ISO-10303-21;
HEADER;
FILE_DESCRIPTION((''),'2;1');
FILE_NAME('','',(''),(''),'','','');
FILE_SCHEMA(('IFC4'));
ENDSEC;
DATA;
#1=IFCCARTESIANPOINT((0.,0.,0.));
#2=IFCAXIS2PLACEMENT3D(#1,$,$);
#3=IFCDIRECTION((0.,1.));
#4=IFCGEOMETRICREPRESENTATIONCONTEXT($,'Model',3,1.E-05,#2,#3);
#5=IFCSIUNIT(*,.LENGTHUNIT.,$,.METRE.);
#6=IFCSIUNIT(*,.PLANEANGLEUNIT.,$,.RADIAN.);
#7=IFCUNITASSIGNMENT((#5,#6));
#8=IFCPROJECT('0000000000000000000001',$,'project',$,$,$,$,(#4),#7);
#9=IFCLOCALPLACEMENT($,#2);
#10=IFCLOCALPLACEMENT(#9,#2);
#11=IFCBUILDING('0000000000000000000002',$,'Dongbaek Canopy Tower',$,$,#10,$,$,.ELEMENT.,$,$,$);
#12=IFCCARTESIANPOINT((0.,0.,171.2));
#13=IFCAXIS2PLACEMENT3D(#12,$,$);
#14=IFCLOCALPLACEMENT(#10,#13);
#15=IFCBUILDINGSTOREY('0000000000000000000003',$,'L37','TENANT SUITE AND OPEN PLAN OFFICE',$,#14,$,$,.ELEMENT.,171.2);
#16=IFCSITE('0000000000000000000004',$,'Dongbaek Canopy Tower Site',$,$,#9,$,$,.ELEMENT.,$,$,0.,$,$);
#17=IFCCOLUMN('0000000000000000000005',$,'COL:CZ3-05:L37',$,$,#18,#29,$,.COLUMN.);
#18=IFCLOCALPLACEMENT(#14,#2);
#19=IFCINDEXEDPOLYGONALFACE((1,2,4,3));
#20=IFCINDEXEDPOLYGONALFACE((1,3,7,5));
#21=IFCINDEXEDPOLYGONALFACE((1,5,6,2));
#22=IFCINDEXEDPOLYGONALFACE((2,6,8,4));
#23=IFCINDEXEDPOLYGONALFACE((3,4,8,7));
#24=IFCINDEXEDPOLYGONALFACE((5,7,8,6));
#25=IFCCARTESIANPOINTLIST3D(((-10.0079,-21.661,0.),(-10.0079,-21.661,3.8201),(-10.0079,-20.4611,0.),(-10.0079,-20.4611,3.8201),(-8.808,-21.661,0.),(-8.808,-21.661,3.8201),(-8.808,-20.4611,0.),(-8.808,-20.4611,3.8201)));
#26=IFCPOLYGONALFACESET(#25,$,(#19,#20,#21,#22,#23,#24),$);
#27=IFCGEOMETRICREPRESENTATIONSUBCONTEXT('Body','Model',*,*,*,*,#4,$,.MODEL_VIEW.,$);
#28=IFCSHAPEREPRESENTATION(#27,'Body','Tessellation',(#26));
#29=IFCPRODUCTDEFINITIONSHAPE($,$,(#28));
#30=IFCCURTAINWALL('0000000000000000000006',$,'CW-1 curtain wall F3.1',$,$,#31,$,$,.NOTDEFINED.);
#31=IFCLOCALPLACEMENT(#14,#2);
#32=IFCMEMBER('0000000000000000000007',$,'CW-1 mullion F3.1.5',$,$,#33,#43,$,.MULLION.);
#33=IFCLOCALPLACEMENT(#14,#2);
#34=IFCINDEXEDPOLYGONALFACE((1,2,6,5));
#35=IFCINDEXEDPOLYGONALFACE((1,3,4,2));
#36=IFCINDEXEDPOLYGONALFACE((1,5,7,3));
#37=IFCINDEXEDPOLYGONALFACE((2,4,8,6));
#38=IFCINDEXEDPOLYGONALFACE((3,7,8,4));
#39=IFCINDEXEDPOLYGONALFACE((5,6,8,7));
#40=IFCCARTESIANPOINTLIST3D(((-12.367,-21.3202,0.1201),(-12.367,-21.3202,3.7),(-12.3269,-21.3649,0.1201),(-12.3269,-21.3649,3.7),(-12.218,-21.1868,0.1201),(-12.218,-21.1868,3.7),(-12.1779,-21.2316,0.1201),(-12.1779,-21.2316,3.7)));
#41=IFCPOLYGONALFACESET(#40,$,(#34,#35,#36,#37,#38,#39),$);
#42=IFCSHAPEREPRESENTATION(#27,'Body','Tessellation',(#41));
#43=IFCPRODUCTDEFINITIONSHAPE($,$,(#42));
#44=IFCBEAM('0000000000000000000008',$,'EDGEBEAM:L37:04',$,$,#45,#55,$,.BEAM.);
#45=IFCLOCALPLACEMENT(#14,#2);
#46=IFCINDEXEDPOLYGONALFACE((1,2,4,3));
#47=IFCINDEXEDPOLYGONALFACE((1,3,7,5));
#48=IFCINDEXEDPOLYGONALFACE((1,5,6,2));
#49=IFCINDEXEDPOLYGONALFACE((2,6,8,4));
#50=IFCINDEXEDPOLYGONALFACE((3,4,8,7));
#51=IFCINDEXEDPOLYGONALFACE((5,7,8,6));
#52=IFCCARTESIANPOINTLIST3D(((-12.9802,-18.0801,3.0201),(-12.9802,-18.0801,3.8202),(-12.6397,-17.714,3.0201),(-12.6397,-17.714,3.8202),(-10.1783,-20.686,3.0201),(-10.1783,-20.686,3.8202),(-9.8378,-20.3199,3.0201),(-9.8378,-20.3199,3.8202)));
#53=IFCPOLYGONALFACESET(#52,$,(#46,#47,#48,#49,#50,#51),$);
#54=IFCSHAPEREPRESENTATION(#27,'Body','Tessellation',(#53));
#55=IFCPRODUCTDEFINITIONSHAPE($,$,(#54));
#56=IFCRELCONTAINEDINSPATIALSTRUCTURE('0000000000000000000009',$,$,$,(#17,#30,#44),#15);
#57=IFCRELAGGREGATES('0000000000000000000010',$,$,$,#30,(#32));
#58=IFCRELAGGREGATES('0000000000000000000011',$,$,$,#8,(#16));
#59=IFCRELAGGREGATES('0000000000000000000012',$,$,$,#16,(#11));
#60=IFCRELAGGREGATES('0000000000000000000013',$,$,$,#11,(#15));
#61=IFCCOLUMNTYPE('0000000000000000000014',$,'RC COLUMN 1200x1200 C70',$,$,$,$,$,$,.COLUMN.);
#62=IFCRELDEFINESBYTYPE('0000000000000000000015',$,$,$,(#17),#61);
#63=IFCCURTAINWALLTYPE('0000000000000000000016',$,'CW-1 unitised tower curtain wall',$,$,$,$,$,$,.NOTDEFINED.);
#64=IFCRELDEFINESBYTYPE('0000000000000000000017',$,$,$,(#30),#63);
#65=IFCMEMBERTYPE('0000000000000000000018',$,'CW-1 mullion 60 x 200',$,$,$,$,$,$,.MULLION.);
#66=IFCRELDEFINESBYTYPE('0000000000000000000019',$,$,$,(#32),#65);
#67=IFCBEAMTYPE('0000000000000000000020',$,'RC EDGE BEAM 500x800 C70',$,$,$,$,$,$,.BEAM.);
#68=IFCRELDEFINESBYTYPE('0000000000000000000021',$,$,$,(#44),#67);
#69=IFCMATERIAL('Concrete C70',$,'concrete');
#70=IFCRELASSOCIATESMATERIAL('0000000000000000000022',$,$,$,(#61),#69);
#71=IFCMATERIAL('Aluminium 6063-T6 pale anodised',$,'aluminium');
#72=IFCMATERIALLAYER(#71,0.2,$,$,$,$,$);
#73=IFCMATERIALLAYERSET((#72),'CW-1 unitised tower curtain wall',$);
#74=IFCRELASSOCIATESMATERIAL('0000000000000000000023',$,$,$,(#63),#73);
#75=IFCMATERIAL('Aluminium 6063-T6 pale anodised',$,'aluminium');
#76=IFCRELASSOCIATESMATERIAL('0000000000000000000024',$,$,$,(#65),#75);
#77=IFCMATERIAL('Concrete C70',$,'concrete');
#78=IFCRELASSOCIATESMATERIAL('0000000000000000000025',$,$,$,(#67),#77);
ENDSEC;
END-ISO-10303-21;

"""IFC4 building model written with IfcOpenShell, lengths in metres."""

from ifc_helpers import new_model, si_unit, direction, frame, origin, origin_2d, place, context, subcontext, project, spatial, rectangle, extrude, material, layer, layer_set, material_profile, profile_set, type_object, element, aggregate, save


model = new_model("IFC4")

# Units and contexts
model_context = context("Model", 3, precision=1e-05, world=origin(), true_north=direction((0.0, 1.0)))
body_context = subcontext(model_context, "Body", "Model", "MODEL_VIEW")
ifc_project = project(units=[si_unit("LENGTHUNIT", "METRE"), si_unit("PLANEANGLEUNIT", "RADIAN")], contexts=[model_context])

# Site, building, storey
site_placement = place(None, origin())
site = spatial("IfcSite", under=ifc_project, at=site_placement, Name="Dongbaek Canopy Tower Site", CompositionType="ELEMENT", RefElevation=0.0)
building_placement = place(site_placement, origin())
building = spatial("IfcBuilding", under=site, at=building_placement, Name="Dongbaek Canopy Tower", CompositionType="ELEMENT")
storey_placement = place(building_placement, frame((0.0, 0.0, 171.2)))
storey = spatial("IfcBuildingStorey", under=building, at=storey_placement, Name="L37", Description="TENANT SUITE AND OPEN PLAN OFFICE", CompositionType="ELEMENT", Elevation=171.2)

# Column
ifc_material_1 = material(Name="Concrete C70", Category="concrete")
ifc_material_profile_1 = material_profile(ifc_material_1, rectangle(XDim=1.2, YDim=1.2, at=origin_2d()), Name="RC COLUMN 1200x1200 C70")
ifc_profile_set_1 = profile_set([ifc_material_profile_1], Name="Concrete C70")
column_type = type_object("IfcColumnType", Name="RC COLUMN 1200x1200 C70", PredefinedType="COLUMN", material=ifc_profile_set_1)
column_placement = place(storey_placement, frame((-9.408, -21.061, 0.0), z_axis=(0.0, 0.0, 1.0), x_axis=(1.0, 0.0, 0.0)))
element("IfcColumn", 1, at=column_placement, inside=storey, type_object=column_type, Name="COL:CZ3-05:L37", PredefinedType="COLUMN", context=body_context, shape_type="SweptSolid", body=[
    extrude(rectangle(XDim=1.2, YDim=1.2, at=origin_2d()), origin(), (0.0, 0.0, 1.0), 3.8201),
])

# Curtain wall, member
ifc_material_2 = material(Name="Aluminium 6063-T6 pale anodised", Category="aluminium")
ifc_layer_1 = layer(ifc_material_2, 0.2)
ifc_layer_set_1 = layer_set([ifc_layer_1], Name="CW-1 unitised tower curtain wall")
curtain_wall_type = type_object("IfcCurtainWallType", Name="CW-1 unitised tower curtain wall", PredefinedType="NOTDEFINED", material=ifc_layer_set_1)
curtain_wall_placement = place(storey_placement, origin())
curtain_wall = element("IfcCurtainWall", 2, at=curtain_wall_placement, inside=storey, type_object=curtain_wall_type, Name="CW-1 curtain wall F3.1", PredefinedType="NOTDEFINED")
ifc_material_3 = material(Name="Aluminium 6063-T6 pale anodised", Category="aluminium")
ifc_material_profile_2 = material_profile(ifc_material_3, rectangle(XDim=0.2, YDim=0.0601, at=origin_2d()), Name="CW-1 mullion 60 x 200")
ifc_profile_set_2 = profile_set([ifc_material_profile_2], Name="Aluminium 6063-T6 pale anodised")
member_type = type_object("IfcMemberType", Name="CW-1 mullion 60 x 200", PredefinedType="MULLION", material=ifc_profile_set_2)
member_placement = place(storey_placement, frame((-12.2725, -21.2759, 0.1201), z_axis=(0.0, 0.0, 1.0), x_axis=(-0.745211, -0.666829, 0.0)))
member = element("IfcMember", 3, at=member_placement, type_object=member_type, Name="CW-1 mullion F3.1.5", PredefinedType="MULLION", context=body_context, shape_type="SweptSolid", body=[
    extrude(rectangle(XDim=0.2, YDim=0.0601, at=origin_2d()), origin(), (0.0, 0.0, 1.0), 3.5798),
])
aggregate(curtain_wall, [member])

# Beam
ifc_material_4 = material(Name="Concrete C70", Category="concrete")
ifc_material_profile_3 = material_profile(ifc_material_4, rectangle(XDim=0.5, YDim=0.8, at=origin_2d()), Name="RC EDGE BEAM 500x800 C70")
ifc_profile_set_3 = profile_set([ifc_material_profile_3], Name="Concrete C70")
beam_type = type_object("IfcBeamType", Name="RC EDGE BEAM 500x800 C70", PredefinedType="BEAM", material=ifc_profile_set_3)
beam_placement = place(storey_placement, frame((-10.0081, -20.5029, 3.4202), z_axis=(-0.732259, 0.681026, 0.0), x_axis=(-0.681026, -0.732259, 0.0)))
element("IfcBeam", 4, at=beam_placement, inside=storey, type_object=beam_type, Name="EDGEBEAM:L37:04", PredefinedType="BEAM", context=body_context, shape_type="SweptSolid", body=[
    extrude(rectangle(XDim=0.5, YDim=0.8, at=origin_2d()), origin(), (0.0, 0.0, 1.0), 3.8264),
])

save(model, "model.ifc")
